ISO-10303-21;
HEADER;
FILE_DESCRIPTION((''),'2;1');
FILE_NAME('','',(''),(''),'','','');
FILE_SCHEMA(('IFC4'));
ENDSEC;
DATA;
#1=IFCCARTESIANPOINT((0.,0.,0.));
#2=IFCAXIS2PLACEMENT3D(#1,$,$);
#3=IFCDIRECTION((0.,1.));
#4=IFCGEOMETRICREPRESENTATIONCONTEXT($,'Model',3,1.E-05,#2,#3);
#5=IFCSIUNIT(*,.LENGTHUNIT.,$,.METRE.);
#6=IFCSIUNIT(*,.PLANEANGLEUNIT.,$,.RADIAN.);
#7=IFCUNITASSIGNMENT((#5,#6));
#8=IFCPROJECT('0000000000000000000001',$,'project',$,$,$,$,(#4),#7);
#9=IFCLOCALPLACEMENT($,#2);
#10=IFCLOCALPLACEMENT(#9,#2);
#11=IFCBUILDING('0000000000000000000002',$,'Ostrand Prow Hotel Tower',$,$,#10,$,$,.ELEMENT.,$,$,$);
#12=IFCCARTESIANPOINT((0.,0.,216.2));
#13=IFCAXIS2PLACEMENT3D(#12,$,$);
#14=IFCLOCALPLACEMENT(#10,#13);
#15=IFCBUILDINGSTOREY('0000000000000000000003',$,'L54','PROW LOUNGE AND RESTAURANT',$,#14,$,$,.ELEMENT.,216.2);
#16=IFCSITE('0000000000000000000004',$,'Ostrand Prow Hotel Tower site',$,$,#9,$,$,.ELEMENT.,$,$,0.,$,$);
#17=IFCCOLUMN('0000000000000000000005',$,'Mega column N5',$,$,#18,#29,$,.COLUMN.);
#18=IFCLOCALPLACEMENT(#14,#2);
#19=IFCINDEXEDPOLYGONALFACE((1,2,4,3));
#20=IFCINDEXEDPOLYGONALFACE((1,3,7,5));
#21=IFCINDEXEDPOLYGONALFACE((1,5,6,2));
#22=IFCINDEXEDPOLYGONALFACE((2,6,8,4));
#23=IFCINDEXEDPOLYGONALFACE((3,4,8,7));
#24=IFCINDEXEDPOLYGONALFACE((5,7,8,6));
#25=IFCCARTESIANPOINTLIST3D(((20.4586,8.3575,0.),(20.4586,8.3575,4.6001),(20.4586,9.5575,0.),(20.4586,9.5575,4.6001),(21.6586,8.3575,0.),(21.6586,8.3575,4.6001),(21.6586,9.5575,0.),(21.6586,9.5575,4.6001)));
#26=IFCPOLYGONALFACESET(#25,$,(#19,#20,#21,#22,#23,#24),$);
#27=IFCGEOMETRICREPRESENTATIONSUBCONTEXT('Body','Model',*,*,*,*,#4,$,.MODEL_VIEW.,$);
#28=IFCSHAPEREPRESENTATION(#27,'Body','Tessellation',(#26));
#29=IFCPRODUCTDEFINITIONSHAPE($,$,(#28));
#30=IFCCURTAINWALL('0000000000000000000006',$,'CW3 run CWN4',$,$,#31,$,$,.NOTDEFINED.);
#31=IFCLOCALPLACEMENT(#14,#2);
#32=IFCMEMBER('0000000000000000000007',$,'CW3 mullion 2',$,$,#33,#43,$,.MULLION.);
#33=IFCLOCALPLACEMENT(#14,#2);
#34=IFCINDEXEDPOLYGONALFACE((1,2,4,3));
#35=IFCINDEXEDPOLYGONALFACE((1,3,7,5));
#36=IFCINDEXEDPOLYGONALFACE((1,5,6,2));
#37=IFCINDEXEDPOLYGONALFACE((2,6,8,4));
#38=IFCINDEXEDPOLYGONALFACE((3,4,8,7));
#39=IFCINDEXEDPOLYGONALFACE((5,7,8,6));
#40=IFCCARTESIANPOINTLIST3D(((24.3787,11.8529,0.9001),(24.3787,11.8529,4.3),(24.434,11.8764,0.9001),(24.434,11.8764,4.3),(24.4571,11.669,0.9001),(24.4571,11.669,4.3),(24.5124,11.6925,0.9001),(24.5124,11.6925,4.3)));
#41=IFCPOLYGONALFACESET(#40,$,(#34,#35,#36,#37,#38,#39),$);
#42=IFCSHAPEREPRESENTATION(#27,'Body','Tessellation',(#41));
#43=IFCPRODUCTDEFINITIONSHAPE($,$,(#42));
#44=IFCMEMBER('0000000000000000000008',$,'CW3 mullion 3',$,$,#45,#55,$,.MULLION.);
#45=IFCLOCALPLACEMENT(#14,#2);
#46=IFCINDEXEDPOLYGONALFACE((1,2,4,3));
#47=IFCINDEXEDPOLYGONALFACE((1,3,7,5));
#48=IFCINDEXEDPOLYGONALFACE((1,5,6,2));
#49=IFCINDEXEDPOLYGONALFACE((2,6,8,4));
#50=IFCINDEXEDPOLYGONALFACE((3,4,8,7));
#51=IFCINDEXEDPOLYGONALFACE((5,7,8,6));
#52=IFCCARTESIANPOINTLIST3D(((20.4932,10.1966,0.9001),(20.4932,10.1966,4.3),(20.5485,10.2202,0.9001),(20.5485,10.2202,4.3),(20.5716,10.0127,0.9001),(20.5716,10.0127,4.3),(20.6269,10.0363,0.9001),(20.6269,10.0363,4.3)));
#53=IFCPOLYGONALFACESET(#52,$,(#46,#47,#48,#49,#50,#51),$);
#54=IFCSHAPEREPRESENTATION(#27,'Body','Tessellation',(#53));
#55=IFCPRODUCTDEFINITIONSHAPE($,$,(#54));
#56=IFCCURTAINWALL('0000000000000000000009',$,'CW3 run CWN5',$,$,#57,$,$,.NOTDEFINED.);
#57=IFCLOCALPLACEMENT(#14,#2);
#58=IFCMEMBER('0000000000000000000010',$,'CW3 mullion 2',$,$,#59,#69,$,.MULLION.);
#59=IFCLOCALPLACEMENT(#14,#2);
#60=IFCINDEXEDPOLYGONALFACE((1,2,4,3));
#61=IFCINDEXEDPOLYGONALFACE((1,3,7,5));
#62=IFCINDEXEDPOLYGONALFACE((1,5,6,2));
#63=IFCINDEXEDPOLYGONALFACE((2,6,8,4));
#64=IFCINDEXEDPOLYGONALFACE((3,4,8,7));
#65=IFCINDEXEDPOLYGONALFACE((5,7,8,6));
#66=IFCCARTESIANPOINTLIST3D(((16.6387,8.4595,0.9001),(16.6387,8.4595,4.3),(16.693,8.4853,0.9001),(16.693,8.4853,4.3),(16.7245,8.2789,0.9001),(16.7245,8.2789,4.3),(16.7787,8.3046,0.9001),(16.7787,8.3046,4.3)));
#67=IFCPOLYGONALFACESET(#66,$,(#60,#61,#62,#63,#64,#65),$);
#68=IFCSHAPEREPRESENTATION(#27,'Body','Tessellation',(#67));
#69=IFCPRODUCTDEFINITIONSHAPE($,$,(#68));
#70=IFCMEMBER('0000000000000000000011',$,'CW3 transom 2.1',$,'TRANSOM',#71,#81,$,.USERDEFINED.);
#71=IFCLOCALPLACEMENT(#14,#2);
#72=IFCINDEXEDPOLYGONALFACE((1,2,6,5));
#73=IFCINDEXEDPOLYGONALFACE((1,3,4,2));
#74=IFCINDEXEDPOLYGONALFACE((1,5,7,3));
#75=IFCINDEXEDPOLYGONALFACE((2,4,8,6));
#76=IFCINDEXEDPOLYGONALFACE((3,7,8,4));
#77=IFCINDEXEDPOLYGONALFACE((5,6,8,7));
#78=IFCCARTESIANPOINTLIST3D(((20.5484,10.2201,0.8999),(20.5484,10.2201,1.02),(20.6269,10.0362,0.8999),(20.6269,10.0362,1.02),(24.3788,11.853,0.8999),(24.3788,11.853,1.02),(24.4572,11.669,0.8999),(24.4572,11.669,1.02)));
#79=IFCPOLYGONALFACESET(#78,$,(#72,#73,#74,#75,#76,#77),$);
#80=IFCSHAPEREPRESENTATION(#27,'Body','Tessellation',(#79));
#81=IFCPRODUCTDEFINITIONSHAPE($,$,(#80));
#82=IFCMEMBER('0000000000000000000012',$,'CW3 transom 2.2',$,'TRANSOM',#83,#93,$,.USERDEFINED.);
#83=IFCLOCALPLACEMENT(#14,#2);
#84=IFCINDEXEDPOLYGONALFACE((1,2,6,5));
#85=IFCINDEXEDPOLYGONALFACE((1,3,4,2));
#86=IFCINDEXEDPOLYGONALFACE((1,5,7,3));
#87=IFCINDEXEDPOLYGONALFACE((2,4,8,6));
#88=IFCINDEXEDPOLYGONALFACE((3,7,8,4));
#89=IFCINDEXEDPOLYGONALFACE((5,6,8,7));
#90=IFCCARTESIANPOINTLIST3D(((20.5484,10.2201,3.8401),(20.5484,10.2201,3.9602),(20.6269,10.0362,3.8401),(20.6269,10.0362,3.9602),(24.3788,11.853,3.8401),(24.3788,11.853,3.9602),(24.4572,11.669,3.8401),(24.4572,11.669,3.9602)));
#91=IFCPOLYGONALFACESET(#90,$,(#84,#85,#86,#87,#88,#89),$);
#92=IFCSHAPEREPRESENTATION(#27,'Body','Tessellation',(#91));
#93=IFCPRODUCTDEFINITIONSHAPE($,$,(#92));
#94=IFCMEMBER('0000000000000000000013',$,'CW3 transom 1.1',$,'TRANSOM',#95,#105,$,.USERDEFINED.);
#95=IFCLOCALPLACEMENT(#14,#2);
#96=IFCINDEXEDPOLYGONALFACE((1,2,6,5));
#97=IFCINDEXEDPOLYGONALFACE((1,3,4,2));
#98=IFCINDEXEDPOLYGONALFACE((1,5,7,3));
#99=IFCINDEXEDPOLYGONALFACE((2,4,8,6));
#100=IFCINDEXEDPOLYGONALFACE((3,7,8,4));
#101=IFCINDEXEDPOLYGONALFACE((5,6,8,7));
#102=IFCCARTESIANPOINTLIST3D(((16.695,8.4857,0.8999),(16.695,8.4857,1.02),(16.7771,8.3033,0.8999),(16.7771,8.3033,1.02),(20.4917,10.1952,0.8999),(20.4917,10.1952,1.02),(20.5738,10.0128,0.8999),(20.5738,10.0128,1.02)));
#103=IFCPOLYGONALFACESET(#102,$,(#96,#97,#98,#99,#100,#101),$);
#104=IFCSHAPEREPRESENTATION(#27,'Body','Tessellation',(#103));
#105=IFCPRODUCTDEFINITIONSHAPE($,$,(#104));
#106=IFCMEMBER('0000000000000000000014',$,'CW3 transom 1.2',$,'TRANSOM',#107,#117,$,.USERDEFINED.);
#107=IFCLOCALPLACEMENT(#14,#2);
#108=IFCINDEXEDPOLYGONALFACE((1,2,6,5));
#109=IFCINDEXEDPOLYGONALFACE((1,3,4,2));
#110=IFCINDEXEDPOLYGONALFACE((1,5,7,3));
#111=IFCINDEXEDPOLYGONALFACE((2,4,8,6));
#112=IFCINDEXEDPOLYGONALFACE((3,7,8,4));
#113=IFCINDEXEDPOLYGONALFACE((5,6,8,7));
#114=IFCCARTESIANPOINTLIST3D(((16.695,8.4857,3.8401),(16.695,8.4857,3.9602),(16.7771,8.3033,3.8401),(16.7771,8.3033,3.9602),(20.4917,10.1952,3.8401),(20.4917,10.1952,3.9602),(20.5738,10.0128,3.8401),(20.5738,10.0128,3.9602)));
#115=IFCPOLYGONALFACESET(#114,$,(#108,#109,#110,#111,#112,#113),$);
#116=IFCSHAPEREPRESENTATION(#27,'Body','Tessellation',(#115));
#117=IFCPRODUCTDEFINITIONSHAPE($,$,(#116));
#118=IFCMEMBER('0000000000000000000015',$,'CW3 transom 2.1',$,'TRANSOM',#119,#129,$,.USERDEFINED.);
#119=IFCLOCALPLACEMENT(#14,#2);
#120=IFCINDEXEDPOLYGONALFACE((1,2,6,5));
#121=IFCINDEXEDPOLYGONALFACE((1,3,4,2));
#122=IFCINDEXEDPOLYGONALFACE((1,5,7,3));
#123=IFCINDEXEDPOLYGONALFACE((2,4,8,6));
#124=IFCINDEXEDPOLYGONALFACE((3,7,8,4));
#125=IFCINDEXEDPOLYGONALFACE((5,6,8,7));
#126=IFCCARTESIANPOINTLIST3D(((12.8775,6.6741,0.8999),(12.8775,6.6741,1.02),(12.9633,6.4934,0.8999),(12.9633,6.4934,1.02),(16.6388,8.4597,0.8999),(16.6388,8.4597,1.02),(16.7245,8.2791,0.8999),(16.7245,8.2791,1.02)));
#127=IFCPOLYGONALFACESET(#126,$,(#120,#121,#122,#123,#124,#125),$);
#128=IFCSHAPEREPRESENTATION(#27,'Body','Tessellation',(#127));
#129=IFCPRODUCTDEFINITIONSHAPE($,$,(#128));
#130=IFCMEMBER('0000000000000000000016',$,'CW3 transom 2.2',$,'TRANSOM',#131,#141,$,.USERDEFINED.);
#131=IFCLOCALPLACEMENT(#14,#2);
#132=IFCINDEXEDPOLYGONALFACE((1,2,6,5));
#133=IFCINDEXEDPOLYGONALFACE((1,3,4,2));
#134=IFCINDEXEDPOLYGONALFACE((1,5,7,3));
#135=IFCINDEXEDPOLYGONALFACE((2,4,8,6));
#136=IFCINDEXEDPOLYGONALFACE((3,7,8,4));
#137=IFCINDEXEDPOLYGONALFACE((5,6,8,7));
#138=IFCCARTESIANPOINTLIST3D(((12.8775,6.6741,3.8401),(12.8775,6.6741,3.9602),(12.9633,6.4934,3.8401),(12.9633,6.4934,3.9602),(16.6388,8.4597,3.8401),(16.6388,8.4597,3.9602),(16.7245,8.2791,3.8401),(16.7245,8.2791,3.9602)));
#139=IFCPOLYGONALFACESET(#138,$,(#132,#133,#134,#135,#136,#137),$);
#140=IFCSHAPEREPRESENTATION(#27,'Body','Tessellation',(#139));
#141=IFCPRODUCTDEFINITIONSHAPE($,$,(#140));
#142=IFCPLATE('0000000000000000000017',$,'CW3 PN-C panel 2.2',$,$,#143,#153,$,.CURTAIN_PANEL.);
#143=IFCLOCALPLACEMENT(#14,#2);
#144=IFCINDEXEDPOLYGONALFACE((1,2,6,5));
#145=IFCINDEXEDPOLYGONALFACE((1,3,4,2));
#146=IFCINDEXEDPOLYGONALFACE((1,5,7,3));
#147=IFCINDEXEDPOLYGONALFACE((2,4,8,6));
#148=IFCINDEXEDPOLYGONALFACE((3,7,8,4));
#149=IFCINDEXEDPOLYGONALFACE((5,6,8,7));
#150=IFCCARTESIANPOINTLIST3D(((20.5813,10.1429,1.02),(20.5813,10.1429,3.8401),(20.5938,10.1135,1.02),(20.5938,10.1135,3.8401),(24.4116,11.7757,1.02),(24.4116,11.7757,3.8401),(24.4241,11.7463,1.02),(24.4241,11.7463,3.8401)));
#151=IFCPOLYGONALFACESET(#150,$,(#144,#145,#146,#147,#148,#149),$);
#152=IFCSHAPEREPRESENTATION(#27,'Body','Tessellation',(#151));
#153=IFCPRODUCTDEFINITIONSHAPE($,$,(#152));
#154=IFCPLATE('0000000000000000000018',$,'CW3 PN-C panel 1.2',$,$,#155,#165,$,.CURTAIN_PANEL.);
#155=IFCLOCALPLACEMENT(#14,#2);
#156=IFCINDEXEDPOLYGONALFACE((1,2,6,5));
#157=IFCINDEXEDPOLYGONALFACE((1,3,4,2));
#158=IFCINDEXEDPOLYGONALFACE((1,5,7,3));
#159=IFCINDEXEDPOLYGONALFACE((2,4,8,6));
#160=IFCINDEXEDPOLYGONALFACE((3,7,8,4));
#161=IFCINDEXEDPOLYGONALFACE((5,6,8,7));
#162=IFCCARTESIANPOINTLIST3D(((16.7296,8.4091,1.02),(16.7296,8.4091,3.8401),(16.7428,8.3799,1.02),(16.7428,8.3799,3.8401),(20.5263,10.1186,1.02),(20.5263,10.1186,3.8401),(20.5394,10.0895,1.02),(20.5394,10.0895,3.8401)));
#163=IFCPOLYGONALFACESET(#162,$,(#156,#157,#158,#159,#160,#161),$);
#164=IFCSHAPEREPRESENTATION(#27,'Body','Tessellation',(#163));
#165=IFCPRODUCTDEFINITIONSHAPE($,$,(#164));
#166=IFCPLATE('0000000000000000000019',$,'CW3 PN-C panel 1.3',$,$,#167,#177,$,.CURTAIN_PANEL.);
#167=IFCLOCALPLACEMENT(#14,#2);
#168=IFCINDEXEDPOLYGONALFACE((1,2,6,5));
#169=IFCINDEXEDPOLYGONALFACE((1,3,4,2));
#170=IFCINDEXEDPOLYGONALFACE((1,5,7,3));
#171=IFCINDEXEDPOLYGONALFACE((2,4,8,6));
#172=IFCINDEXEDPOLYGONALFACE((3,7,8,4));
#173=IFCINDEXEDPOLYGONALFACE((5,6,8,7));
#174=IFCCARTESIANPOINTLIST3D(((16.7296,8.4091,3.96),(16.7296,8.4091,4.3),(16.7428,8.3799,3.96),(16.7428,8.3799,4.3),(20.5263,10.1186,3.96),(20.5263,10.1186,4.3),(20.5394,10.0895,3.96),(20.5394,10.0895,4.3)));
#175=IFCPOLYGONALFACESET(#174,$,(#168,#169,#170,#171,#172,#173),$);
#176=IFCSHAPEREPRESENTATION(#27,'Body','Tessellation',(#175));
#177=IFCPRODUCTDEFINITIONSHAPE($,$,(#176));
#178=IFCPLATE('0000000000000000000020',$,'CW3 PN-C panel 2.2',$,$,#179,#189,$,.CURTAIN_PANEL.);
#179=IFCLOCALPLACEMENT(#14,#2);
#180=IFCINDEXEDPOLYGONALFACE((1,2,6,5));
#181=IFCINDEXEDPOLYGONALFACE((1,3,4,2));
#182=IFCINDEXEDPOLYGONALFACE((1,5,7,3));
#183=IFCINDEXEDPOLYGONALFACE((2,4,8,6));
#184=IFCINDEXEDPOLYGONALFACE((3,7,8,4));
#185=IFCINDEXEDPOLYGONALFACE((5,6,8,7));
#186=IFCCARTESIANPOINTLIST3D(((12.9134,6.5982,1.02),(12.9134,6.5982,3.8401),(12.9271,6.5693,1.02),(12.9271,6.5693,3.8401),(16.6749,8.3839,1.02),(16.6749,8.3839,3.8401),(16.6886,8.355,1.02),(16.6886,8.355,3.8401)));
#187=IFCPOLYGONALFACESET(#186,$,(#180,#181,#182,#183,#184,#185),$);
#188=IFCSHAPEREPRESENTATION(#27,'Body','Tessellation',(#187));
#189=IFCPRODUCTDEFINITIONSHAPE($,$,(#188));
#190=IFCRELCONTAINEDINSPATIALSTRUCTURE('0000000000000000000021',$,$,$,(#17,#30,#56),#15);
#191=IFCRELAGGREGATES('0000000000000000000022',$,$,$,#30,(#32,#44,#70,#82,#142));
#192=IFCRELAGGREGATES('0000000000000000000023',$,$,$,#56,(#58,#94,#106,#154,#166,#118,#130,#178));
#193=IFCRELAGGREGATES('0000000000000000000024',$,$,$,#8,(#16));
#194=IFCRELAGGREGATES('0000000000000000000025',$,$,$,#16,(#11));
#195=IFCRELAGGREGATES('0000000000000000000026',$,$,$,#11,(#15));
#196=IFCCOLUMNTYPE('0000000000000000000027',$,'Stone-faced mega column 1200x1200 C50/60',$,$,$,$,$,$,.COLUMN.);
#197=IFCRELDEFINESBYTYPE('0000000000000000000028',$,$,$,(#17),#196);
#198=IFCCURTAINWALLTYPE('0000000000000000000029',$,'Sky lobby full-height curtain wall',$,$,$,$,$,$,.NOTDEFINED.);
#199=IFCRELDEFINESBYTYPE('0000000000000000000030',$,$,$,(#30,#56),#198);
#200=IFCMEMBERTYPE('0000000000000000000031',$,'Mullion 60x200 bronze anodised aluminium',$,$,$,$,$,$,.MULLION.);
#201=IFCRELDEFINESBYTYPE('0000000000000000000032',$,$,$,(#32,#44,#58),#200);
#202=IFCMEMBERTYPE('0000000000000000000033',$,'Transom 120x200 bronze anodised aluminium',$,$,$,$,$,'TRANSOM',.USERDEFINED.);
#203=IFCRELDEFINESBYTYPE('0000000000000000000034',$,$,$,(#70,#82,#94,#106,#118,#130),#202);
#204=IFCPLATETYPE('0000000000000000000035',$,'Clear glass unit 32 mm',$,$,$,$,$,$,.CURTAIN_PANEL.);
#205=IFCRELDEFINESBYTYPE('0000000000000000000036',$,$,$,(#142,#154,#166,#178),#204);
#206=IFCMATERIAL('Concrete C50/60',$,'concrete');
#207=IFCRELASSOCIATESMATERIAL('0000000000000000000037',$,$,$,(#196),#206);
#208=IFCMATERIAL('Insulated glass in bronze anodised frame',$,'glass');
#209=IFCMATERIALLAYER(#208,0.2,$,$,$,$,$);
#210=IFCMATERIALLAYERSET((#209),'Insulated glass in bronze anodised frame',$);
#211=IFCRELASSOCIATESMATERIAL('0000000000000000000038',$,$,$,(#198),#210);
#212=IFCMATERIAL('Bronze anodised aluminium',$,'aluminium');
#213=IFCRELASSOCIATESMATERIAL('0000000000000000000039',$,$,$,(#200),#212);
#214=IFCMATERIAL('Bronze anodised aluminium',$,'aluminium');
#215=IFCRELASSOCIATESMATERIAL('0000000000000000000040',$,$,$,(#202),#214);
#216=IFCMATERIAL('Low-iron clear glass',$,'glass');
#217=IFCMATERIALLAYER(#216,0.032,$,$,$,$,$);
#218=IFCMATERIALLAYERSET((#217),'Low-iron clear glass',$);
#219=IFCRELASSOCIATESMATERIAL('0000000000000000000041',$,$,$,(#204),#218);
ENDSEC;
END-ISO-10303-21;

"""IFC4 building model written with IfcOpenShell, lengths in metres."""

from ifc_helpers import new_model, si_unit, direction, frame, origin, origin_2d, place, context, subcontext, project, spatial, rectangle, extrude, material, layer, layer_set, material_profile, profile_set, type_object, element, aggregate, save


model = new_model("IFC4")

# Units and contexts
model_context = context("Model", 3, precision=1e-05, world=origin(), true_north=direction((0.0, 1.0)))
body_context = subcontext(model_context, "Body", "Model", "MODEL_VIEW")
ifc_project = project(units=[si_unit("LENGTHUNIT", "METRE"), si_unit("PLANEANGLEUNIT", "RADIAN")], contexts=[model_context])

# Site, building, storey
site_placement = place(None, origin())
site = spatial("IfcSite", under=ifc_project, at=site_placement, Name="Ostrand Prow Hotel Tower site", CompositionType="ELEMENT", RefElevation=0.0)
building_placement = place(site_placement, origin())
building = spatial("IfcBuilding", under=site, at=building_placement, Name="Ostrand Prow Hotel Tower", CompositionType="ELEMENT")
storey_placement = place(building_placement, frame((0.0, 0.0, 216.2)))
storey = spatial("IfcBuildingStorey", under=building, at=storey_placement, Name="L54", Description="PROW LOUNGE AND RESTAURANT", CompositionType="ELEMENT", Elevation=216.2)

# Column
ifc_material_1 = material(Name="Concrete C50/60", Category="concrete")
ifc_material_profile_1 = material_profile(ifc_material_1, rectangle(XDim=1.2, YDim=1.2, at=origin_2d()), Name="RC 1200x1200")
ifc_profile_set_1 = profile_set([ifc_material_profile_1], Name="Concrete C50/60")
column_type = type_object("IfcColumnType", Name="Stone-faced mega column 1200x1200 C50/60", PredefinedType="COLUMN", material=ifc_profile_set_1)
column_placement = place(storey_placement, frame((21.0586, 8.9575, 0.0), z_axis=(0.0, 0.0, 1.0), x_axis=(1.0, 0.0, 0.0)))
element("IfcColumn", 1, at=column_placement, inside=storey, type_object=column_type, Name="Mega column N5", PredefinedType="COLUMN", context=body_context, shape_type="SweptSolid", body=[
    extrude(rectangle(XDim=1.2, YDim=1.2, at=origin_2d()), origin(), (0.0, 0.0, 1.0), 4.6001),
])

# Curtain wall, members
ifc_material_2 = material(Name="Insulated glass in bronze anodised frame", Category="glass")
ifc_layer_1 = layer(ifc_material_2, 0.2)
ifc_layer_set_1 = layer_set([ifc_layer_1], Name="Insulated glass in bronze anodised frame")
curtain_wall_type = type_object("IfcCurtainWallType", Name="Sky lobby full-height curtain wall", PredefinedType="NOTDEFINED", material=ifc_layer_set_1)
curtain_wall_1_placement = place(storey_placement, origin())
curtain_wall_1 = element("IfcCurtainWall", 2, at=curtain_wall_1_placement, inside=storey, type_object=curtain_wall_type, Name="CW3 run CWN4", PredefinedType="NOTDEFINED")
ifc_material_3 = material(Name="Bronze anodised aluminium", Category="aluminium")
ifc_material_profile_2 = material_profile(ifc_material_3, rectangle(XDim=0.2, YDim=0.0601, at=origin_2d()), Name="Mullion 60x200 bronze anodised aluminium")
ifc_profile_set_2 = profile_set([ifc_material_profile_2], Name="Bronze anodised aluminium")
member_type_1 = type_object("IfcMemberType", Name="Mullion 60x200 bronze anodised aluminium", PredefinedType="MULLION", material=ifc_profile_set_2)
member_1_placement = place(storey_placement, frame((24.4456, 11.7727, 0.9001), z_axis=(0.0, 0.0, 1.0), x_axis=(0.392136, -0.919907, 0.0)))
member_1 = element("IfcMember", 3, at=member_1_placement, type_object=member_type_1, Name="CW3 mullion 2", PredefinedType="MULLION", context=body_context, shape_type="SweptSolid", body=[
    extrude(rectangle(XDim=0.2, YDim=0.0601, at=origin_2d()), origin(), (0.0, 0.0, 1.0), 3.3999),
])
member_2_placement = place(storey_placement, frame((20.5601, 10.1165, 0.9001), z_axis=(0.0, 0.0, 1.0), x_axis=(0.392136, -0.919907, 0.0)))
member_2 = element("IfcMember", 4, at=member_2_placement, type_object=member_type_1, Name="CW3 mullion 3", PredefinedType="MULLION", context=body_context, shape_type="SweptSolid", body=[
    extrude(rectangle(XDim=0.2, YDim=0.0601, at=origin_2d()), origin(), (0.0, 0.0, 1.0), 3.3999),
])

# Curtain wall, member
curtain_wall_2_placement = place(storey_placement, origin())
curtain_wall_2 = element("IfcCurtainWall", 5, at=curtain_wall_2_placement, inside=storey, type_object=curtain_wall_type, Name="CW3 run CWN5", PredefinedType="NOTDEFINED")
member_3_placement = place(storey_placement, frame((16.7087, 8.3821, 0.9001), z_axis=(0.0, 0.0, 1.0), x_axis=(0.428861, -0.90337, 0.0)))
member_3 = element("IfcMember", 6, at=member_3_placement, type_object=member_type_1, Name="CW3 mullion 2", PredefinedType="MULLION", context=body_context, shape_type="SweptSolid", body=[
    extrude(rectangle(XDim=0.2, YDim=0.0601, at=origin_2d()), origin(), (0.0, 0.0, 1.0), 3.3999),
])

# Members
ifc_material_4 = material(Name="Bronze anodised aluminium", Category="aluminium")
ifc_material_profile_3 = material_profile(ifc_material_4, rectangle(XDim=0.2, YDim=0.1201, at=origin_2d()), Name="Transom 120x200 bronze anodised aluminium")
ifc_profile_set_3 = profile_set([ifc_material_profile_3], Name="Bronze anodised aluminium")
member_type_2 = type_object("IfcMemberType", Name="Transom 120x200 bronze anodised aluminium", ElementType="TRANSOM", PredefinedType="USERDEFINED", material=ifc_profile_set_3)
member_4_placement = place(storey_placement, frame((24.418, 11.761, 0.96), z_axis=(-0.919905, -0.392142, 0.0), x_axis=(0.392142, -0.919905, 0.0)))
member_4 = element("IfcMember", 7, at=member_4_placement, type_object=member_type_2, Name="CW3 transom 2.1", ObjectType="TRANSOM", PredefinedType="USERDEFINED", context=body_context, shape_type="SweptSolid", body=[
    extrude(rectangle(XDim=0.2, YDim=0.1201, at=origin_2d()), origin(), (0.0, 0.0, 1.0), 4.1638),
])
member_5_placement = place(storey_placement, frame((24.418, 11.761, 3.9001), z_axis=(-0.919905, -0.392142, 0.0), x_axis=(0.392142, -0.919905, 0.0)))
member_5 = element("IfcMember", 8, at=member_5_placement, type_object=member_type_2, Name="CW3 transom 2.2", ObjectType="TRANSOM", PredefinedType="USERDEFINED", context=body_context, shape_type="SweptSolid", body=[
    extrude(rectangle(XDim=0.2, YDim=0.1201, at=origin_2d()), origin(), (0.0, 0.0, 1.0), 4.1638),
])
member_6_placement = place(storey_placement, frame((20.5327, 10.104, 0.96), z_axis=(-0.911833, -0.410562, 0.0), x_axis=(0.410562, -0.911833, 0.0)))
member_6 = element("IfcMember", 9, at=member_6_placement, type_object=member_type_2, Name="CW3 transom 1.1", ObjectType="TRANSOM", PredefinedType="USERDEFINED", context=body_context, shape_type="SweptSolid", body=[
    extrude(rectangle(XDim=0.2, YDim=0.1201, at=origin_2d()), origin(), (0.0, 0.0, 1.0), 4.1638),
])
member_7_placement = place(storey_placement, frame((20.5327, 10.104, 3.9001), z_axis=(-0.911833, -0.410562, 0.0), x_axis=(0.410562, -0.911833, 0.0)))
member_7 = element("IfcMember", 10, at=member_7_placement, type_object=member_type_2, Name="CW3 transom 1.2", ObjectType="TRANSOM", PredefinedType="USERDEFINED", context=body_context, shape_type="SweptSolid", body=[
    extrude(rectangle(XDim=0.2, YDim=0.1201, at=origin_2d()), origin(), (0.0, 0.0, 1.0), 4.1638),
])
member_8_placement = place(storey_placement, frame((16.6816, 8.3694, 0.96), z_axis=(-0.903365, -0.428873, 0.0), x_axis=(0.428873, -0.903365, 0.0)))
member_8 = element("IfcMember", 11, at=member_8_placement, type_object=member_type_2, Name="CW3 transom 2.1", ObjectType="TRANSOM", PredefinedType="USERDEFINED", context=body_context, shape_type="SweptSolid", body=[
    extrude(rectangle(XDim=0.2, YDim=0.1201, at=origin_2d()), origin(), (0.0, 0.0, 1.0), 4.1636),
])
member_9_placement = place(storey_placement, frame((16.6816, 8.3694, 3.9001), z_axis=(-0.903365, -0.428873, 0.0), x_axis=(0.428873, -0.903365, 0.0)))
member_9 = element("IfcMember", 12, at=member_9_placement, type_object=member_type_2, Name="CW3 transom 2.2", ObjectType="TRANSOM", PredefinedType="USERDEFINED", context=body_context, shape_type="SweptSolid", body=[
    extrude(rectangle(XDim=0.2, YDim=0.1201, at=origin_2d()), origin(), (0.0, 0.0, 1.0), 4.1636),
])

# Plates
ifc_material_5 = material(Name="Low-iron clear glass", Category="glass")
ifc_layer_2 = layer(ifc_material_5, 0.032)
ifc_layer_set_2 = layer_set([ifc_layer_2], Name="Low-iron clear glass")
plate_type_1 = type_object("IfcPlateType", Name="Clear glass unit 32 mm", PredefinedType="CURTAIN_PANEL", material=ifc_layer_set_2)
plate_1_placement = place(storey_placement, frame((22.5027, 10.9446, 1.02), z_axis=(0.0, 0.0, 1.0), x_axis=(-0.919907, -0.392136, 0.0)))
plate_1 = element("IfcPlate", 13, at=plate_1_placement, type_object=plate_type_1, Name="CW3 PN-C panel 2.2", PredefinedType="CURTAIN_PANEL", context=body_context, shape_type="SweptSolid", body=[
    extrude(rectangle(XDim=4.1638, YDim=0.032, at=origin_2d()), origin(), (0.0, 0.0, 1.0), 2.8201),
])
plate_2_placement = place(storey_placement, frame((18.6345, 9.2493, 1.02), z_axis=(0.0, 0.0, 1.0), x_axis=(-0.911824, -0.410582, 0.0)))
plate_2 = element("IfcPlate", 14, at=plate_2_placement, type_object=plate_type_1, Name="CW3 PN-C panel 1.2", PredefinedType="CURTAIN_PANEL", context=body_context, shape_type="SweptSolid", body=[
    extrude(rectangle(XDim=4.1638, YDim=0.032, at=origin_2d()), origin(), (0.0, 0.0, 1.0), 2.8201),
])
plate_3_placement = place(storey_placement, frame((18.6345, 9.2493, 3.96), z_axis=(0.0, 0.0, 1.0), x_axis=(-0.911824, -0.410582, 0.0)))
plate_3 = element("IfcPlate", 15, at=plate_3_placement, type_object=plate_type_1, Name="CW3 PN-C panel 1.3", PredefinedType="CURTAIN_PANEL", context=body_context, shape_type="SweptSolid", body=[
    extrude(rectangle(XDim=4.1638, YDim=0.032, at=origin_2d()), origin(), (0.0, 0.0, 1.0), 0.3401),
])
plate_4_placement = place(storey_placement, frame((14.801, 7.4766, 1.02), z_axis=(0.0, 0.0, 1.0), x_axis=(-0.90337, -0.428861, 0.0)))
plate_4 = element("IfcPlate", 16, at=plate_4_placement, type_object=plate_type_1, Name="CW3 PN-C panel 2.2", PredefinedType="CURTAIN_PANEL", context=body_context, shape_type="SweptSolid", body=[
    extrude(rectangle(XDim=4.1638, YDim=0.032, at=origin_2d()), origin(), (0.0, 0.0, 1.0), 2.8201),
])
aggregate(curtain_wall_1, [member_1, member_2, member_4, member_5, plate_1])
aggregate(curtain_wall_2, [member_3, member_6, member_7, plate_2, plate_3, member_8, member_9, plate_4])

save(model, "model.ifc")
